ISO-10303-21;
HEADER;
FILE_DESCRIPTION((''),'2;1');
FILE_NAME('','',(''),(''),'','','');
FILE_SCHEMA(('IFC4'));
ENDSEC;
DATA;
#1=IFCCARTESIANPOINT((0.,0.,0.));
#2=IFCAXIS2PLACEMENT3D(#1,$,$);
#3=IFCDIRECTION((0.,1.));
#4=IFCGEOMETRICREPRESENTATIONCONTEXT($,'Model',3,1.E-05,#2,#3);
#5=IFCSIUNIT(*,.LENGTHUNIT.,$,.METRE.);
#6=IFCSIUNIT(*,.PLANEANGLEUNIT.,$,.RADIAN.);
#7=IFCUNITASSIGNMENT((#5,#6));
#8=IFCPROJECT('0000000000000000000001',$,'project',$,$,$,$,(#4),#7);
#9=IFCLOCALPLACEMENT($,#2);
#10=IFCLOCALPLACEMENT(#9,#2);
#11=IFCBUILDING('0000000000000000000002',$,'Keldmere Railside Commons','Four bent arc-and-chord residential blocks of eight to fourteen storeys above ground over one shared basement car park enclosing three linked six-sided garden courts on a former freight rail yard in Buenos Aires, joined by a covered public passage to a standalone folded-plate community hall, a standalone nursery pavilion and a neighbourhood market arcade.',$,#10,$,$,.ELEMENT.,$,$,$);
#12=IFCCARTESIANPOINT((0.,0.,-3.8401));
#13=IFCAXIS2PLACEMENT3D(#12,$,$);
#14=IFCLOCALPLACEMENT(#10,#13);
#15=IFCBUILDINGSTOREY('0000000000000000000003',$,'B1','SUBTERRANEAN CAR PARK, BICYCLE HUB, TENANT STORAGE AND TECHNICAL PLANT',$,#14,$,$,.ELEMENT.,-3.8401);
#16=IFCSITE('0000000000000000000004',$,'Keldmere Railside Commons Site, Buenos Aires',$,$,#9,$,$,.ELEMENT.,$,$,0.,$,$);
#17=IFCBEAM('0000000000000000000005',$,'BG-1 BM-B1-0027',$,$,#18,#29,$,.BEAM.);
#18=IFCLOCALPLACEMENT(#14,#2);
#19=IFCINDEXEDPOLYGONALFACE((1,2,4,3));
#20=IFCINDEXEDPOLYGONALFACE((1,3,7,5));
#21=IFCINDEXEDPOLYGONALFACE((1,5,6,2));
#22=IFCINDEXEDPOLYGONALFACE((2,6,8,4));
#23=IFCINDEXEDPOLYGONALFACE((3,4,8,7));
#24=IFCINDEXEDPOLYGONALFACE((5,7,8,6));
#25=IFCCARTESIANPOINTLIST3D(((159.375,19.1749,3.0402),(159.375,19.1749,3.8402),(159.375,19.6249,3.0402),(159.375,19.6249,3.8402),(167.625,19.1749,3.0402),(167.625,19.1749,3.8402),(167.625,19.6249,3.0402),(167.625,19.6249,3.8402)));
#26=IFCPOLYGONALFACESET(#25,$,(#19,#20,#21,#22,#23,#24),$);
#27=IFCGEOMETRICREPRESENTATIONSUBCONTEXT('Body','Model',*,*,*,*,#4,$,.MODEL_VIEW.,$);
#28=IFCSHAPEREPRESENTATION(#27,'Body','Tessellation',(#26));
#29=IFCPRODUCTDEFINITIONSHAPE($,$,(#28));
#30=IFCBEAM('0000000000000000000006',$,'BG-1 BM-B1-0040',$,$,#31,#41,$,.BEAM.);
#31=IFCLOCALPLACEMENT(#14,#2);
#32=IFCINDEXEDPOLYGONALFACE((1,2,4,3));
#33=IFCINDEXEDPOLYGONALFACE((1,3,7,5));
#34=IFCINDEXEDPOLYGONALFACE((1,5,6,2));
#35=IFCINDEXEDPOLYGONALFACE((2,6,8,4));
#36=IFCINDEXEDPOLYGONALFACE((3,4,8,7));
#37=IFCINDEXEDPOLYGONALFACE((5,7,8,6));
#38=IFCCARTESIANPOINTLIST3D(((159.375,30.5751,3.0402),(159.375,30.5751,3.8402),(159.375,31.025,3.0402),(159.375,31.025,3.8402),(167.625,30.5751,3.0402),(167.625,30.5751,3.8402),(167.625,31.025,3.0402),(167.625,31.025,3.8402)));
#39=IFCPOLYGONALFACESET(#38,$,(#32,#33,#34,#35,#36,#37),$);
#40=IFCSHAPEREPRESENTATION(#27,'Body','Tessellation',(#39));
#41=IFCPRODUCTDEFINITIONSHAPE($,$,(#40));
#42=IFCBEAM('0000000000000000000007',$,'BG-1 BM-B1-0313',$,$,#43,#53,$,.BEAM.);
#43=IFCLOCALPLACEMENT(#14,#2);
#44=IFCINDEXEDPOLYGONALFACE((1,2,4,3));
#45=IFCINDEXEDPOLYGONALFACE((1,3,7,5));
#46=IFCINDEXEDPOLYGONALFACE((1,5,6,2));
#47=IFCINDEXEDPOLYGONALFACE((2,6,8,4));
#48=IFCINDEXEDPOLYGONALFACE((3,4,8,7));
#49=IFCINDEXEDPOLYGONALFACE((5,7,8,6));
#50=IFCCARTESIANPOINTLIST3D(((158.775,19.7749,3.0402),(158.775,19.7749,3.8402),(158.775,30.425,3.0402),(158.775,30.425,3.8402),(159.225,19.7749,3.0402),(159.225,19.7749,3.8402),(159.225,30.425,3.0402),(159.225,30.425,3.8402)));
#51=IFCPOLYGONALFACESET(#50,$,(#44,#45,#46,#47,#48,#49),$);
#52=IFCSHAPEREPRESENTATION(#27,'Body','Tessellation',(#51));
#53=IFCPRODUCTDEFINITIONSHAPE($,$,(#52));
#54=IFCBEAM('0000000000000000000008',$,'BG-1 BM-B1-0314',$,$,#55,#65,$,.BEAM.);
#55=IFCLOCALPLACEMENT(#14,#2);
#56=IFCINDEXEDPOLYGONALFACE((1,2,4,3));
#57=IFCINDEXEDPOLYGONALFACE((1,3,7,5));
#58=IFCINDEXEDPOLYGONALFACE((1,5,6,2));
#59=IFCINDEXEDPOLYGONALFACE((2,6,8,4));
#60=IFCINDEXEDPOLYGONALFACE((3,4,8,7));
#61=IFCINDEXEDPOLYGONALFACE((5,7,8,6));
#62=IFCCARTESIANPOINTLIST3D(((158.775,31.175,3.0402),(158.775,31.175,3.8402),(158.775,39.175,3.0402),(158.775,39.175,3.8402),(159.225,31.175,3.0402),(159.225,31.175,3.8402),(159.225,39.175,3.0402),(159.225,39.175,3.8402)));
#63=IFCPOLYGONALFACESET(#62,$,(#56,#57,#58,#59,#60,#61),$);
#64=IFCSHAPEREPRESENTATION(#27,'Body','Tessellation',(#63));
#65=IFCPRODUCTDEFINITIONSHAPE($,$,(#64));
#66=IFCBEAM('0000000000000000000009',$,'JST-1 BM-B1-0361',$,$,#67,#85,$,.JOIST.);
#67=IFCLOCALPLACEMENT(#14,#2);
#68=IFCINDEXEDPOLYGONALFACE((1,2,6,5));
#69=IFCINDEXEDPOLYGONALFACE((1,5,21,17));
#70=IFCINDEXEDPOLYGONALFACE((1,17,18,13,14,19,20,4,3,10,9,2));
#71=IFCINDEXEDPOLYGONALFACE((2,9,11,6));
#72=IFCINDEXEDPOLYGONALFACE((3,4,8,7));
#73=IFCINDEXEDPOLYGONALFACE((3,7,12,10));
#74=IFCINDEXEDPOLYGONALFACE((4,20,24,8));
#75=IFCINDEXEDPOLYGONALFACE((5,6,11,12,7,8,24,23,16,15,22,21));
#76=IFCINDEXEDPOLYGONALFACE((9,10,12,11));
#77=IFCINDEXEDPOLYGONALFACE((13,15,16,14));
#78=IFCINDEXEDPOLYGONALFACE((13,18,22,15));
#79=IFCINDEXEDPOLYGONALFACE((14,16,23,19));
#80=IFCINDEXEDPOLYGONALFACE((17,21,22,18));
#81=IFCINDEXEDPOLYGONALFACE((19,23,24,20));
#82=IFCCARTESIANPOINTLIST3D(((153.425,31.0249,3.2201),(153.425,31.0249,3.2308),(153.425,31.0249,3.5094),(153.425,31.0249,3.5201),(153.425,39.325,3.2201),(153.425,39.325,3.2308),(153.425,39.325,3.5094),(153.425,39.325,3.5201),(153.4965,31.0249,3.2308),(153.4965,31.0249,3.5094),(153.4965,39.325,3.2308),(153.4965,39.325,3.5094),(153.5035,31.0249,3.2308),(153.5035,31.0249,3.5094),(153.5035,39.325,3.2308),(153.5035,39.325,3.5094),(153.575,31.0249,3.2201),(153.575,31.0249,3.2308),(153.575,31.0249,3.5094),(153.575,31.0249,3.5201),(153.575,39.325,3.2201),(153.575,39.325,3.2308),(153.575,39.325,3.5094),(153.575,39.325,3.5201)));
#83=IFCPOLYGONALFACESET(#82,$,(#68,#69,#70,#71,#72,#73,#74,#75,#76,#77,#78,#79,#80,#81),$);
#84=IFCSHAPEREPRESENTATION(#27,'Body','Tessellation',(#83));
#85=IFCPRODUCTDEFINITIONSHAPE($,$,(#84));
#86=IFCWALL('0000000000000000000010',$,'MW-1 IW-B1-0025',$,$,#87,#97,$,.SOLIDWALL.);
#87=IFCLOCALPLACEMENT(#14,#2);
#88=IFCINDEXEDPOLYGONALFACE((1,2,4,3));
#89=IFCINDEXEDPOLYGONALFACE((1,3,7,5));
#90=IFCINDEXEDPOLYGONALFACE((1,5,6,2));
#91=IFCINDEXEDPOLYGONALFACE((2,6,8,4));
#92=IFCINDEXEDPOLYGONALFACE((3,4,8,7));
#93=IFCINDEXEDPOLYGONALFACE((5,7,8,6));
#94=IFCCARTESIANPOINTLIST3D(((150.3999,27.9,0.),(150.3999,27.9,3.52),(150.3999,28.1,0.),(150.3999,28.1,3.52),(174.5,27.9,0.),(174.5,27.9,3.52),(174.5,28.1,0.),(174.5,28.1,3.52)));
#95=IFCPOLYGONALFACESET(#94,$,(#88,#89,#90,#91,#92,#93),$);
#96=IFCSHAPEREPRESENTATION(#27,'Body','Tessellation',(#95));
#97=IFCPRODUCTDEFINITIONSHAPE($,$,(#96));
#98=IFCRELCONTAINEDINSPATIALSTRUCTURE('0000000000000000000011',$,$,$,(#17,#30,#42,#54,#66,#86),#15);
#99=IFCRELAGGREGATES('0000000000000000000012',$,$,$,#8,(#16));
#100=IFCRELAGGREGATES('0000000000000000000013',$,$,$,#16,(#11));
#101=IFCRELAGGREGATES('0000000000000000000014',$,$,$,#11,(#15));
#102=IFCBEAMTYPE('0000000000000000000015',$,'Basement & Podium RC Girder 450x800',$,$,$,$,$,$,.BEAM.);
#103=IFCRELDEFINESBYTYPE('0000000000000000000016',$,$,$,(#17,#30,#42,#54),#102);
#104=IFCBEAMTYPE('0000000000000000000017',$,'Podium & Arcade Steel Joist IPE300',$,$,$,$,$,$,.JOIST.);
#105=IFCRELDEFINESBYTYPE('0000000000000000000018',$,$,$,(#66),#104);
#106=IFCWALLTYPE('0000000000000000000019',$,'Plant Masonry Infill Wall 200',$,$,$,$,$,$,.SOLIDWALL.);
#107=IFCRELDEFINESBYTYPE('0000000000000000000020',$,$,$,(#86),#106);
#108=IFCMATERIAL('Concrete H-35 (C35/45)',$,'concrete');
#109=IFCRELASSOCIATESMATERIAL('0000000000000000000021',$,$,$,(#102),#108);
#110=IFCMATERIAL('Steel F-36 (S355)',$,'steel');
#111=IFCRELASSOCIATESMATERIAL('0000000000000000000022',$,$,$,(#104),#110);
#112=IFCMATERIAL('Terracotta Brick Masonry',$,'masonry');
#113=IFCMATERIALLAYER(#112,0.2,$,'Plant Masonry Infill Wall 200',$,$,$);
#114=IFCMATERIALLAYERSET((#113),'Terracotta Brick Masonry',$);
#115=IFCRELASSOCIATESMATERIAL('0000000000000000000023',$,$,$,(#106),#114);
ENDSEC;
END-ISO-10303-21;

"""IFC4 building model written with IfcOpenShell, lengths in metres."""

from ifc_helpers import new_model, si_unit, direction, frame, frame_2d, origin, origin_2d, place, context, subcontext, project, spatial, rectangle, i_section, extrude, material, layer, layer_set, material_profile, profile_set, type_object, element, save


model = new_model("IFC4")

# Units and contexts
model_context = context("Model", 3, precision=1e-05, world=origin(), true_north=direction((0.0, 1.0)))
body_context = subcontext(model_context, "Body", "Model", "MODEL_VIEW")
ifc_project = project(units=[si_unit("LENGTHUNIT", "METRE"), si_unit("PLANEANGLEUNIT", "RADIAN")], contexts=[model_context])

# Site, building, storey
site_placement = place(None, origin())
site = spatial("IfcSite", under=ifc_project, at=site_placement, Name="Keldmere Railside Commons Site, Buenos Aires", CompositionType="ELEMENT", RefElevation=0.0)
building_placement = place(site_placement, origin())
building = spatial("IfcBuilding", under=site, at=building_placement, Name="Keldmere Railside Commons", Description="Four bent arc-and-chord residential blocks of eight to fourteen storeys above ground over one shared basement car park enclosing three linked six-sided garden courts on a former freight rail yard in Buenos Aires, joined by a covered public passage to a standalone folded-plate community hall, a standalone nursery pavilion and a neighbourhood market arcade.", CompositionType="ELEMENT")
storey_placement = place(building_placement, frame((0.0, 0.0, -3.8401)))
storey = spatial("IfcBuildingStorey", under=building, at=storey_placement, Name="B1", Description="SUBTERRANEAN CAR PARK, BICYCLE HUB, TENANT STORAGE AND TECHNICAL PLANT", CompositionType="ELEMENT", Elevation=-3.8401)

# Beams
ifc_material_1 = material(Name="Concrete H-35 (C35/45)", Category="concrete")
ifc_material_profile_1 = material_profile(ifc_material_1, rectangle(XDim=0.45, YDim=0.8, at=origin_2d()), Name="RC-450x800")
ifc_profile_set_1 = profile_set([ifc_material_profile_1], Name="Concrete H-35 (C35/45)")
beam_type_1 = type_object("IfcBeamType", Name="Basement & Podium RC Girder 450x800", PredefinedType="BEAM", material=ifc_profile_set_1)
for number, where, z_axis, x_axis, name in (
    (1, (159.375, 19.3999, 3.4402), (1.0, 0.0, 0.0), (0.0, 1.0, 0.0), "BG-1 BM-B1-0027"),
    (2, (159.375, 30.8, 3.4402), (1.0, 0.0, 0.0), (0.0, 1.0, 0.0), "BG-1 BM-B1-0040"),
):
    element("IfcBeam", number, at=place(storey_placement, frame(where, z_axis=z_axis, x_axis=x_axis)), inside=storey, type_object=beam_type_1, Name=name, PredefinedType="BEAM", context=body_context, shape_type="SweptSolid", body=[
        extrude(rectangle(XDim=0.45, YDim=0.8, at=origin_2d()), origin(), (0.0, 0.0, 1.0), 8.25),
    ])
beam_1_placement = place(storey_placement, frame((159.0, 19.7749, 3.4402), z_axis=(0.0, 1.0, 0.0), x_axis=(-1.0, 0.0, 0.0)))
element("IfcBeam", 3, at=beam_1_placement, inside=storey, type_object=beam_type_1, Name="BG-1 BM-B1-0313", PredefinedType="BEAM", context=body_context, shape_type="SweptSolid", body=[
    extrude(rectangle(XDim=0.45, YDim=0.8, at=origin_2d()), origin(), (0.0, 0.0, 1.0), 10.6501),
])
beam_2_placement = place(storey_placement, frame((159.0, 31.175, 3.4402), z_axis=(0.0, 1.0, 0.0), x_axis=(-1.0, 0.0, 0.0)))
element("IfcBeam", 4, at=beam_2_placement, inside=storey, type_object=beam_type_1, Name="BG-1 BM-B1-0314", PredefinedType="BEAM", context=body_context, shape_type="SweptSolid", body=[
    extrude(rectangle(XDim=0.45, YDim=0.8, at=origin_2d()), origin(), (0.0, 0.0, 1.0), 8.0),
])
ifc_material_2 = material(Name="Steel F-36 (S355)", Category="steel")
ifc_material_profile_2 = material_profile(ifc_material_2, i_section(OverallWidth=0.1499, OverallDepth=0.3, WebThickness=0.0071, FlangeThickness=0.0107, at=origin_2d()), Name="IPE-300")
ifc_profile_set_2 = profile_set([ifc_material_profile_2], Name="Steel F-36 (S355)")
beam_type_2 = type_object("IfcBeamType", Name="Podium & Arcade Steel Joist IPE300", PredefinedType="JOIST", material=ifc_profile_set_2)
beam_3_placement = place(storey_placement, frame((153.5, 31.0249, 3.3701), z_axis=(0.0, 1.0, 0.0), x_axis=(-1.0, 0.0, 0.0)))
element("IfcBeam", 5, at=beam_3_placement, inside=storey, type_object=beam_type_2, Name="JST-1 BM-B1-0361", PredefinedType="JOIST", context=body_context, shape_type="SweptSolid", body=[
    extrude(i_section(OverallWidth=0.1499, OverallDepth=0.3, WebThickness=0.0071, FlangeThickness=0.0107, at=origin_2d()), origin(), (0.0, 0.0, 1.0), 8.3),
])

# Wall
ifc_material_3 = material(Name="Terracotta Brick Masonry", Category="masonry")
ifc_layer = layer(ifc_material_3, 0.2, Name="Plant Masonry Infill Wall 200")
ifc_layer_set = layer_set([ifc_layer], Name="Terracotta Brick Masonry")
wall_type = type_object("IfcWallType", Name="Plant Masonry Infill Wall 200", PredefinedType="SOLIDWALL", material=ifc_layer_set)
wall_placement = place(storey_placement, frame((150.3999, 28.0, 0.0), z_axis=(0.0, 0.0, 1.0), x_axis=(1.0, 0.0, 0.0)))
element("IfcWall", 6, at=wall_placement, inside=storey, type_object=wall_type, Name="MW-1 IW-B1-0025", PredefinedType="SOLIDWALL", context=body_context, shape_type="SweptSolid", body=[
    extrude(rectangle(XDim=24.1001, YDim=0.2, at=frame_2d((12.05, 0.0))), origin(), (0.0, 0.0, 1.0), 3.52),
])

save(model, "model.ifc")
